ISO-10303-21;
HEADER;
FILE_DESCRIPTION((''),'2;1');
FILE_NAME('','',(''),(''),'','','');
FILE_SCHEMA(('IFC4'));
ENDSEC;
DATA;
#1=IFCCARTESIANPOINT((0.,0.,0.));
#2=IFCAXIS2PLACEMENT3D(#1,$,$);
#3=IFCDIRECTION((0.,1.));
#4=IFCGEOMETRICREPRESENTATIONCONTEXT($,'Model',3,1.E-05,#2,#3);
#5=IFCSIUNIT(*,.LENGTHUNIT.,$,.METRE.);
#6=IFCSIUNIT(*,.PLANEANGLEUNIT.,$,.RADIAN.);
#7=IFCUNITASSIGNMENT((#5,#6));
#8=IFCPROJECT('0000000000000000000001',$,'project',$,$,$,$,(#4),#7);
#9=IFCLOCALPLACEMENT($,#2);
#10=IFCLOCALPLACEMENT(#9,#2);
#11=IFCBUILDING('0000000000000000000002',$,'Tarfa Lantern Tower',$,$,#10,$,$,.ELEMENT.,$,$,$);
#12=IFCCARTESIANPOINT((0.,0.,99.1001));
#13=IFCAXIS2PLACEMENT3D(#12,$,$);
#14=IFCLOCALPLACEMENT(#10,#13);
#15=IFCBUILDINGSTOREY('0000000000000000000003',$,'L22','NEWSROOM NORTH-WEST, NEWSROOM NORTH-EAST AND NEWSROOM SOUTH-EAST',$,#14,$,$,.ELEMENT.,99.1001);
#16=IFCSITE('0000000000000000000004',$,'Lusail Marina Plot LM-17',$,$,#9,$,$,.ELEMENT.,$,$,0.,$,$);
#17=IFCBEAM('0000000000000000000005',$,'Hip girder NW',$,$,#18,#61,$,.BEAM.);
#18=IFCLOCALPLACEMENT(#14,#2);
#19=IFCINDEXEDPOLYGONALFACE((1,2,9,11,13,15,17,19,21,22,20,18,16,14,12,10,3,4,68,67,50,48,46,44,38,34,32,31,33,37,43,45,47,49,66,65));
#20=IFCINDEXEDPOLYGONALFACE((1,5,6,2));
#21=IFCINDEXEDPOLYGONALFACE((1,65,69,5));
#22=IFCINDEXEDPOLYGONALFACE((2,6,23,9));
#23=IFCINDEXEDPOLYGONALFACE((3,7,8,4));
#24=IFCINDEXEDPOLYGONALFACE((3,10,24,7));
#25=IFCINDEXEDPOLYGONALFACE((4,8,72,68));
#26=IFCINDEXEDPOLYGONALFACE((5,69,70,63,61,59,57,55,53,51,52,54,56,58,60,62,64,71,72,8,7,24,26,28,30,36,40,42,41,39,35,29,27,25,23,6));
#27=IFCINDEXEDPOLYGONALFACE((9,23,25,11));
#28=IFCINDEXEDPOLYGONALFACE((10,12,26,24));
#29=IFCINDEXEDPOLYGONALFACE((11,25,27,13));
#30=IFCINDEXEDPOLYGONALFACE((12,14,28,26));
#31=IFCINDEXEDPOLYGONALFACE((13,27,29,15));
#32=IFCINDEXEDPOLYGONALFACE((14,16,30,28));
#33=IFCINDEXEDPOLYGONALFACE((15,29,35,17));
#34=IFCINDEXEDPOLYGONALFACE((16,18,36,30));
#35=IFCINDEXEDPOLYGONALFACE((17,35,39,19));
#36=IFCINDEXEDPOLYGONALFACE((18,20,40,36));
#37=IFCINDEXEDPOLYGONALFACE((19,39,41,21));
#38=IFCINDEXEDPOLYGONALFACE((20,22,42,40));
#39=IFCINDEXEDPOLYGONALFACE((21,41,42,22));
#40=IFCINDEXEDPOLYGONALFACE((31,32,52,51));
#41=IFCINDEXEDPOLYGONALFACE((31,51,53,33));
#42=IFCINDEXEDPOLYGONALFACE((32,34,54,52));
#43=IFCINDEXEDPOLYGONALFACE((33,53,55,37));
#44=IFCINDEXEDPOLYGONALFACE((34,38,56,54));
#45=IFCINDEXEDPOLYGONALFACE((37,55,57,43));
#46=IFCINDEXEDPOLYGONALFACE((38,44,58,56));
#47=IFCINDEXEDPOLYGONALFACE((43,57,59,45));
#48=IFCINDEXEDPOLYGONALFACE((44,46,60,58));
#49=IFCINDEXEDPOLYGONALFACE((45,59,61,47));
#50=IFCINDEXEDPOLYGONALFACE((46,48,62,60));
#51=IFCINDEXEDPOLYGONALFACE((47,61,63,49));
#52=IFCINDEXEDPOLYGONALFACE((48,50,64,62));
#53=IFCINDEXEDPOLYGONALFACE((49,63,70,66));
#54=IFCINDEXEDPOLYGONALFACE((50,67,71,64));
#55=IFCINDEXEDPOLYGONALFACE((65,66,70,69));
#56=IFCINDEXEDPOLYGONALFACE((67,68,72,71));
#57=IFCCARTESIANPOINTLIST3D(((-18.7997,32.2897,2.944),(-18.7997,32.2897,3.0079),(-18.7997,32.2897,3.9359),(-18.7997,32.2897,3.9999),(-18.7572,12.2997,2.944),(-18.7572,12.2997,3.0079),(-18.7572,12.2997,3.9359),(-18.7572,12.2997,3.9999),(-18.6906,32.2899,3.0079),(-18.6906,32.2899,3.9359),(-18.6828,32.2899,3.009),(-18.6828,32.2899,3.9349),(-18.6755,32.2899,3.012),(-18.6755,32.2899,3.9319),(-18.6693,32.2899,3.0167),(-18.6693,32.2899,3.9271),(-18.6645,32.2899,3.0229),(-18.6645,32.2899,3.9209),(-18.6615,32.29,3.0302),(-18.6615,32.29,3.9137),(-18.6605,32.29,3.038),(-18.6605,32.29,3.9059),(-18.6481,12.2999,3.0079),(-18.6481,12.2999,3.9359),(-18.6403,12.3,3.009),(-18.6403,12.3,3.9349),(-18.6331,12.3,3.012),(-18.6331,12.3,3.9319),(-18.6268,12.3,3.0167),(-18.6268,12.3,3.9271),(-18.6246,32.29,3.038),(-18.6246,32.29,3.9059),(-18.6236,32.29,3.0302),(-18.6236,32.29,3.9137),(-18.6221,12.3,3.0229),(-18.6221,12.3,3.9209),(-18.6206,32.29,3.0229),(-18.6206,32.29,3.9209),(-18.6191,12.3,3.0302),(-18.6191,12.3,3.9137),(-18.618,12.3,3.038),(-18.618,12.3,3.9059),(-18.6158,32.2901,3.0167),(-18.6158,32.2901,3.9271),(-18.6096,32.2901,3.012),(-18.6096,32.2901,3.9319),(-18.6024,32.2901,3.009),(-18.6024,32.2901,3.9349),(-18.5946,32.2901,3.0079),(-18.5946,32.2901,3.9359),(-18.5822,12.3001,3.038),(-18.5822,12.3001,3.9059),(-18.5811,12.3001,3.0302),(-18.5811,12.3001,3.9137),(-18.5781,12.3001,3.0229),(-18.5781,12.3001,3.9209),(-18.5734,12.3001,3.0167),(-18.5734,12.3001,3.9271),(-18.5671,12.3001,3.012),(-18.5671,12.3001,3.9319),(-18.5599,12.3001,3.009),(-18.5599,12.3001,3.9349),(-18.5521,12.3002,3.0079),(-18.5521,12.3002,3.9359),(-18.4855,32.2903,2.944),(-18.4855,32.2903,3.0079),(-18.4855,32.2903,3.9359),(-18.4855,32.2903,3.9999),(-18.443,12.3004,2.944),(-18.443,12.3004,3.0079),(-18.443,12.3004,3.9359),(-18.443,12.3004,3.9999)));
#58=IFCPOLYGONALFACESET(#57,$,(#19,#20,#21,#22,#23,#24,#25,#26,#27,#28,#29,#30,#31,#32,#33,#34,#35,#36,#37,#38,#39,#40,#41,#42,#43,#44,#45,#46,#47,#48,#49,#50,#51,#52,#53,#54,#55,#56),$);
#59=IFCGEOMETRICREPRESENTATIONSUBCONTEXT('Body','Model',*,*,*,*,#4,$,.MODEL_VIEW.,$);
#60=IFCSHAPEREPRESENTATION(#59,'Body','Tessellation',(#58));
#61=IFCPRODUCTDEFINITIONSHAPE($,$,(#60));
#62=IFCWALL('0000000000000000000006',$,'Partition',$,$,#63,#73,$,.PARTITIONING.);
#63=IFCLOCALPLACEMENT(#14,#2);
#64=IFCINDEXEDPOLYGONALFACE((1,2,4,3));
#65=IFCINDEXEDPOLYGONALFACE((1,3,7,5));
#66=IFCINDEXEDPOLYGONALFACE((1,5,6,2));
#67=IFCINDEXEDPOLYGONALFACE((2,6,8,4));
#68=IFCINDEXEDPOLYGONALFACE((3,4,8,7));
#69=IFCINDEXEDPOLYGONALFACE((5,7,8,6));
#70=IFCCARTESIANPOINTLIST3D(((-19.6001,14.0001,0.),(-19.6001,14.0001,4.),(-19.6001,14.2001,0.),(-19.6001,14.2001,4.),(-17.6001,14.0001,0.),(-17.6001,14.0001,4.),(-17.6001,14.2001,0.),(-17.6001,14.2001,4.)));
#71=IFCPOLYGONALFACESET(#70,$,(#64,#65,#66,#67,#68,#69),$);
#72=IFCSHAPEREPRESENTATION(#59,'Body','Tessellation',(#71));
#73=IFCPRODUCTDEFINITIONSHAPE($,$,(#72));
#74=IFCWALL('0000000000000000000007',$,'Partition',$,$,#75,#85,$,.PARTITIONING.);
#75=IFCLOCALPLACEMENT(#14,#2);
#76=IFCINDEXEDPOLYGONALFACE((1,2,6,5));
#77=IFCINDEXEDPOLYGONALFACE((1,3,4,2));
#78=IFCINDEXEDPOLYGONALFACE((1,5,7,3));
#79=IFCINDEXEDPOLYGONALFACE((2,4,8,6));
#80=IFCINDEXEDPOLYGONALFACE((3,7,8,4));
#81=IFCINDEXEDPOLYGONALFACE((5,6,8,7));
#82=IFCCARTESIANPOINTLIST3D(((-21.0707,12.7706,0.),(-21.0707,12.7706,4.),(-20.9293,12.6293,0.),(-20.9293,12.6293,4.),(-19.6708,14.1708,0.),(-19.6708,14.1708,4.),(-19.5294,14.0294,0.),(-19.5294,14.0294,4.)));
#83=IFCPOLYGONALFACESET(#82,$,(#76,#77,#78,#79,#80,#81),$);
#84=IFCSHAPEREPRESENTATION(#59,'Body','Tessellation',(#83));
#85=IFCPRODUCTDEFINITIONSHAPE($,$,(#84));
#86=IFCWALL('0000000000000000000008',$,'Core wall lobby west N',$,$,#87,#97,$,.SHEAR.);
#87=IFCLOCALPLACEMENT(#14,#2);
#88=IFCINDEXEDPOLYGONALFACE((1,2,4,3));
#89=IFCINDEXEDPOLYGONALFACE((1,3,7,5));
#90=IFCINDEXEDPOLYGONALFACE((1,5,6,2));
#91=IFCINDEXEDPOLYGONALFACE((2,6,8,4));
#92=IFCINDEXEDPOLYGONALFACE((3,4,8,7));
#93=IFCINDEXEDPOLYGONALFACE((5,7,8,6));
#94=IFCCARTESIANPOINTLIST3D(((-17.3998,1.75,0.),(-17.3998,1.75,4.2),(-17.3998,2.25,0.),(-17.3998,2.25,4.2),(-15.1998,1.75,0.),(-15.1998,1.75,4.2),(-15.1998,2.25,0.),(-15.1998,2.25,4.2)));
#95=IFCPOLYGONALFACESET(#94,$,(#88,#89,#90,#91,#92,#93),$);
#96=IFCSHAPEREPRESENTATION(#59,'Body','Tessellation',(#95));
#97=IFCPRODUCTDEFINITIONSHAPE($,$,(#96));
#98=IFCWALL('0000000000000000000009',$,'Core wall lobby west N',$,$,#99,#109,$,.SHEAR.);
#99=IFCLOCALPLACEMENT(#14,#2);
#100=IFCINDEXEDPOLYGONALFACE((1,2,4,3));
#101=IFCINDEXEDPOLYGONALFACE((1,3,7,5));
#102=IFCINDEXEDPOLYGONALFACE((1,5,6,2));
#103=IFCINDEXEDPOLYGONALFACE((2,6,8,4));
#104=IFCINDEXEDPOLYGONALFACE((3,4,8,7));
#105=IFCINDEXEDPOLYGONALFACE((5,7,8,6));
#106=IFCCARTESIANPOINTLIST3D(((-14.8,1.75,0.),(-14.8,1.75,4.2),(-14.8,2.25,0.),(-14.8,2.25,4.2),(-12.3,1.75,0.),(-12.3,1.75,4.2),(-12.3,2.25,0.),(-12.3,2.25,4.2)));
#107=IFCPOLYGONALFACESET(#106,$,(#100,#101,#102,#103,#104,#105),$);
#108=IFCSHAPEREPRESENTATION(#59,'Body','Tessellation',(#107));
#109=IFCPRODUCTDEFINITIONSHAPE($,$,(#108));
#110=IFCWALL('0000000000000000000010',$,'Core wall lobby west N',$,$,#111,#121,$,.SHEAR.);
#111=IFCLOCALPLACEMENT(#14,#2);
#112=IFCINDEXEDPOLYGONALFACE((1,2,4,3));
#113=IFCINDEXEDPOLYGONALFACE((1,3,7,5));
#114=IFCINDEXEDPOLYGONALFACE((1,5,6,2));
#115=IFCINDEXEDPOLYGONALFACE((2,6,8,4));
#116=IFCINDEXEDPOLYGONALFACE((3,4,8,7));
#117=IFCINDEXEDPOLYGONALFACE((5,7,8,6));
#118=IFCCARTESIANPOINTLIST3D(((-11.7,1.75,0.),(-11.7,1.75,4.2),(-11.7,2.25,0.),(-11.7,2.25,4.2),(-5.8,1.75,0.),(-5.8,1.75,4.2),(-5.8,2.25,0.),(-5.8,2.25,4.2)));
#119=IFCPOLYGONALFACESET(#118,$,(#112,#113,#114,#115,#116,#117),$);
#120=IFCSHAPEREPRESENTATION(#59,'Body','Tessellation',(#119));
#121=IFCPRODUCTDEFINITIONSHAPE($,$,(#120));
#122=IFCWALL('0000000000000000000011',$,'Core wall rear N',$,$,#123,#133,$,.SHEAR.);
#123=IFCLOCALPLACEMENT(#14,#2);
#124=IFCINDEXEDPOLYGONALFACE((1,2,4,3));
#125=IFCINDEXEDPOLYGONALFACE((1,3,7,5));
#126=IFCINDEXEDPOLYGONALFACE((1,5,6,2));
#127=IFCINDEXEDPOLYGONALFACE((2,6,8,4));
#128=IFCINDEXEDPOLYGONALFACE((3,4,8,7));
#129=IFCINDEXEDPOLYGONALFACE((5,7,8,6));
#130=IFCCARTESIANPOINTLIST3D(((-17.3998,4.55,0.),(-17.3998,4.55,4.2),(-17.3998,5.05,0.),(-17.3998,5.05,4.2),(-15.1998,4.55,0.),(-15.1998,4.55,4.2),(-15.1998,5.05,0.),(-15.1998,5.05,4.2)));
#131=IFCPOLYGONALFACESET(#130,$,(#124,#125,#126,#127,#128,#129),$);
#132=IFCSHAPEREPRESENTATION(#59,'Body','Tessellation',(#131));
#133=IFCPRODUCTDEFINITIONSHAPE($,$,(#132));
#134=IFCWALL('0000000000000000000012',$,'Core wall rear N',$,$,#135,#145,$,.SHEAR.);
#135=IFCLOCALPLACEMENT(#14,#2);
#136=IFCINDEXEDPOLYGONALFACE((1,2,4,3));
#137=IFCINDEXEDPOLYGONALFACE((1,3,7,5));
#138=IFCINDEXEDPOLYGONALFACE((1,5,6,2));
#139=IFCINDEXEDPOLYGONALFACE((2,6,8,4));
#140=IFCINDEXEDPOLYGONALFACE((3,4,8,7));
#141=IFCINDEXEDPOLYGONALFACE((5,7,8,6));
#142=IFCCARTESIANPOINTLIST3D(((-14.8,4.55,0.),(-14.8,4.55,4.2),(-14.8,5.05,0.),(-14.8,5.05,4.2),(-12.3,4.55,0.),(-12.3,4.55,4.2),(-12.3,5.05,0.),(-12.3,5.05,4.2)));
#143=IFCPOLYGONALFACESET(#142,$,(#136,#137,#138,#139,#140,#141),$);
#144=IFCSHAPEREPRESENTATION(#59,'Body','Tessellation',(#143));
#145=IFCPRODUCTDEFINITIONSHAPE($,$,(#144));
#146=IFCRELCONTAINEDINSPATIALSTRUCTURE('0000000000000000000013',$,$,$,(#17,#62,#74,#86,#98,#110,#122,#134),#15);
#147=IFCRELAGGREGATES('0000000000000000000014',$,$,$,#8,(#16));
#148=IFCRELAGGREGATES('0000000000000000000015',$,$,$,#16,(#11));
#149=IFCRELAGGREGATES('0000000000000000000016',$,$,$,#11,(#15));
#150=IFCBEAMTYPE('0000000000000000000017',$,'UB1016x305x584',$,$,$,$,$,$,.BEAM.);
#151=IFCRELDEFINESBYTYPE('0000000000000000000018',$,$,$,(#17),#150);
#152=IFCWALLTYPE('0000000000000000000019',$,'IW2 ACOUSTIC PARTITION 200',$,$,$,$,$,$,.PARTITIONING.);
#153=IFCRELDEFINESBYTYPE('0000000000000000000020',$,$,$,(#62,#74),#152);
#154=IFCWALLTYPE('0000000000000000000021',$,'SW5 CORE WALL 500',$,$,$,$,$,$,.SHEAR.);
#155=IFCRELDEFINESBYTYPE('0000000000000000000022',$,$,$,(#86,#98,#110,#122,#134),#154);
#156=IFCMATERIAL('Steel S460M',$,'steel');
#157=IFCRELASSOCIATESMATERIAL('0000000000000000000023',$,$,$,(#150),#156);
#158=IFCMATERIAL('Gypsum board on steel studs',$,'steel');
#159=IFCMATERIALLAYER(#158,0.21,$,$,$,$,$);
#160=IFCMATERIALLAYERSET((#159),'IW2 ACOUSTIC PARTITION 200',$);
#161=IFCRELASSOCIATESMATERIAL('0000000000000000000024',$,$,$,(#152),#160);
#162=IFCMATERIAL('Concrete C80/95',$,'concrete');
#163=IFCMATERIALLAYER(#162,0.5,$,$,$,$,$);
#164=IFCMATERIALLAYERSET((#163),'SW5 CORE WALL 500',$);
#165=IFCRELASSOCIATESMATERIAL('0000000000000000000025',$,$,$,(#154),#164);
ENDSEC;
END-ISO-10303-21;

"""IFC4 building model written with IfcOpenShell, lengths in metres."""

from ifc_helpers import new_model, si_unit, direction, frame, frame_2d, origin, origin_2d, place, context, subcontext, project, spatial, rectangle, i_section, extrude, material, layer, layer_set, material_profile, profile_set, type_object, element, save


model = new_model("IFC4")

# Units and contexts
model_context = context("Model", 3, precision=1e-05, world=origin(), true_north=direction((0.0, 1.0)))
body_context = subcontext(model_context, "Body", "Model", "MODEL_VIEW")
ifc_project = project(units=[si_unit("LENGTHUNIT", "METRE"), si_unit("PLANEANGLEUNIT", "RADIAN")], contexts=[model_context])

# Site, building, storey
site_placement = place(None, origin())
site = spatial("IfcSite", under=ifc_project, at=site_placement, Name="Lusail Marina Plot LM-17", CompositionType="ELEMENT", RefElevation=0.0)
building_placement = place(site_placement, origin())
building = spatial("IfcBuilding", under=site, at=building_placement, Name="Tarfa Lantern Tower", CompositionType="ELEMENT")
storey_placement = place(building_placement, frame((0.0, 0.0, 99.1001)))
storey = spatial("IfcBuildingStorey", under=building, at=storey_placement, Name="L22", Description="NEWSROOM NORTH-WEST, NEWSROOM NORTH-EAST AND NEWSROOM SOUTH-EAST", CompositionType="ELEMENT", Elevation=99.1001)

# Beam
ifc_material_1 = material(Name="Steel S460M", Category="steel")
ifc_material_profile = material_profile(ifc_material_1, i_section(OverallWidth=0.3142, OverallDepth=1.0559, WebThickness=0.0359, FlangeThickness=0.064, FilletRadius=0.03, at=origin_2d()), Name="UB1016x305x584")
ifc_profile_set = profile_set([ifc_material_profile], Name="Steel S460M")
beam_type = type_object("IfcBeamType", Name="UB1016x305x584", PredefinedType="BEAM", material=ifc_profile_set)
beam_placement = place(storey_placement, frame((-18.6001, 12.3, 3.4719), z_axis=(-0.002125, 0.999998, 0.0), x_axis=(-0.999998, -0.002125, 0.0)))
element("IfcBeam", 1, at=beam_placement, inside=storey, type_object=beam_type, Name="Hip girder NW", PredefinedType="BEAM", context=body_context, shape_type="SweptSolid", body=[
    extrude(i_section(OverallWidth=0.3142, OverallDepth=1.0559, WebThickness=0.0359, FlangeThickness=0.064, FilletRadius=0.03, at=origin_2d()), origin(), (0.0, 0.0, 1.0), 19.99),
])

# Walls
ifc_material_2 = material(Name="Gypsum board on steel studs", Category="steel")
ifc_layer_1 = layer(ifc_material_2, 0.21)
ifc_layer_set_1 = layer_set([ifc_layer_1], Name="IW2 ACOUSTIC PARTITION 200")
wall_type_1 = type_object("IfcWallType", Name="IW2 ACOUSTIC PARTITION 200", PredefinedType="PARTITIONING", material=ifc_layer_set_1)
wall_1_placement = place(storey_placement, frame((-19.6001, 14.1001, 0.0), z_axis=(0.0, 0.0, 1.0), x_axis=(1.0, 0.0, 0.0)))
element("IfcWall", 2, at=wall_1_placement, inside=storey, type_object=wall_type_1, Name="Partition", PredefinedType="PARTITIONING", context=body_context, shape_type="SweptSolid", body=[
    extrude(rectangle(XDim=2.0, YDim=0.2, at=frame_2d((1.0, 0.0))), origin(), (0.0, 0.0, 1.0), 4.0),
])
wall_2_placement = place(storey_placement, frame((-21.0, 12.7, 0.0), z_axis=(0.0, 0.0, 1.0), x_axis=(0.707045, 0.707168, 0.0)))
element("IfcWall", 3, at=wall_2_placement, inside=storey, type_object=wall_type_1, Name="Partition", PredefinedType="PARTITIONING", context=body_context, shape_type="SweptSolid", body=[
    extrude(rectangle(XDim=1.98, YDim=0.2, at=frame_2d((0.99, 0.0))), origin(), (0.0, 0.0, 1.0), 4.0),
])

# Shared definitions
ifc_material_3 = material(Name="Concrete C80/95", Category="concrete")

# Walls
ifc_layer_2 = layer(ifc_material_3, 0.5)
ifc_layer_set_2 = layer_set([ifc_layer_2], Name="SW5 CORE WALL 500")
wall_type_2 = type_object("IfcWallType", Name="SW5 CORE WALL 500", PredefinedType="SHEAR", material=ifc_layer_set_2)
wall_3_placement = place(storey_placement, frame((-17.3999, 2.0, 0.0), z_axis=(0.0, 0.0, 1.0), x_axis=(1.0, 0.0, 0.0)))
element("IfcWall", 4, at=wall_3_placement, inside=storey, type_object=wall_type_2, Name="Core wall lobby west N", PredefinedType="SHEAR", context=body_context, shape_type="SweptSolid", body=[
    extrude(rectangle(XDim=2.2, YDim=0.5, at=frame_2d((1.1001, 0.0))), origin(), (0.0, 0.0, 1.0), 4.2),
])
wall_4_placement = place(storey_placement, frame((-14.8, 2.0, 0.0), z_axis=(0.0, 0.0, 1.0), x_axis=(1.0, 0.0, 0.0)))
element("IfcWall", 5, at=wall_4_placement, inside=storey, type_object=wall_type_2, Name="Core wall lobby west N", PredefinedType="SHEAR", context=body_context, shape_type="SweptSolid", body=[
    extrude(rectangle(XDim=2.5, YDim=0.5, at=frame_2d((1.25, 0.0))), origin(), (0.0, 0.0, 1.0), 4.2),
])
wall_5_placement = place(storey_placement, frame((-11.7, 2.0, 0.0), z_axis=(0.0, 0.0, 1.0), x_axis=(1.0, 0.0, 0.0)))
element("IfcWall", 6, at=wall_5_placement, inside=storey, type_object=wall_type_2, Name="Core wall lobby west N", PredefinedType="SHEAR", context=body_context, shape_type="SweptSolid", body=[
    extrude(rectangle(XDim=5.8999, YDim=0.5, at=frame_2d((2.95, 0.0))), origin(), (0.0, 0.0, 1.0), 4.2),
])
wall_6_placement = place(storey_placement, frame((-17.3999, 4.8, 0.0), z_axis=(0.0, 0.0, 1.0), x_axis=(1.0, 0.0, 0.0)))
element("IfcWall", 7, at=wall_6_placement, inside=storey, type_object=wall_type_2, Name="Core wall rear N", PredefinedType="SHEAR", context=body_context, shape_type="SweptSolid", body=[
    extrude(rectangle(XDim=2.2, YDim=0.5, at=frame_2d((1.1001, 0.0))), origin(), (0.0, 0.0, 1.0), 4.2),
])
wall_7_placement = place(storey_placement, frame((-14.8, 4.8, 0.0), z_axis=(0.0, 0.0, 1.0), x_axis=(1.0, 0.0, 0.0)))
element("IfcWall", 8, at=wall_7_placement, inside=storey, type_object=wall_type_2, Name="Core wall rear N", PredefinedType="SHEAR", context=body_context, shape_type="SweptSolid", body=[
    extrude(rectangle(XDim=2.5, YDim=0.5, at=frame_2d((1.25, 0.0))), origin(), (0.0, 0.0, 1.0), 4.2),
])

save(model, "model.ifc")
